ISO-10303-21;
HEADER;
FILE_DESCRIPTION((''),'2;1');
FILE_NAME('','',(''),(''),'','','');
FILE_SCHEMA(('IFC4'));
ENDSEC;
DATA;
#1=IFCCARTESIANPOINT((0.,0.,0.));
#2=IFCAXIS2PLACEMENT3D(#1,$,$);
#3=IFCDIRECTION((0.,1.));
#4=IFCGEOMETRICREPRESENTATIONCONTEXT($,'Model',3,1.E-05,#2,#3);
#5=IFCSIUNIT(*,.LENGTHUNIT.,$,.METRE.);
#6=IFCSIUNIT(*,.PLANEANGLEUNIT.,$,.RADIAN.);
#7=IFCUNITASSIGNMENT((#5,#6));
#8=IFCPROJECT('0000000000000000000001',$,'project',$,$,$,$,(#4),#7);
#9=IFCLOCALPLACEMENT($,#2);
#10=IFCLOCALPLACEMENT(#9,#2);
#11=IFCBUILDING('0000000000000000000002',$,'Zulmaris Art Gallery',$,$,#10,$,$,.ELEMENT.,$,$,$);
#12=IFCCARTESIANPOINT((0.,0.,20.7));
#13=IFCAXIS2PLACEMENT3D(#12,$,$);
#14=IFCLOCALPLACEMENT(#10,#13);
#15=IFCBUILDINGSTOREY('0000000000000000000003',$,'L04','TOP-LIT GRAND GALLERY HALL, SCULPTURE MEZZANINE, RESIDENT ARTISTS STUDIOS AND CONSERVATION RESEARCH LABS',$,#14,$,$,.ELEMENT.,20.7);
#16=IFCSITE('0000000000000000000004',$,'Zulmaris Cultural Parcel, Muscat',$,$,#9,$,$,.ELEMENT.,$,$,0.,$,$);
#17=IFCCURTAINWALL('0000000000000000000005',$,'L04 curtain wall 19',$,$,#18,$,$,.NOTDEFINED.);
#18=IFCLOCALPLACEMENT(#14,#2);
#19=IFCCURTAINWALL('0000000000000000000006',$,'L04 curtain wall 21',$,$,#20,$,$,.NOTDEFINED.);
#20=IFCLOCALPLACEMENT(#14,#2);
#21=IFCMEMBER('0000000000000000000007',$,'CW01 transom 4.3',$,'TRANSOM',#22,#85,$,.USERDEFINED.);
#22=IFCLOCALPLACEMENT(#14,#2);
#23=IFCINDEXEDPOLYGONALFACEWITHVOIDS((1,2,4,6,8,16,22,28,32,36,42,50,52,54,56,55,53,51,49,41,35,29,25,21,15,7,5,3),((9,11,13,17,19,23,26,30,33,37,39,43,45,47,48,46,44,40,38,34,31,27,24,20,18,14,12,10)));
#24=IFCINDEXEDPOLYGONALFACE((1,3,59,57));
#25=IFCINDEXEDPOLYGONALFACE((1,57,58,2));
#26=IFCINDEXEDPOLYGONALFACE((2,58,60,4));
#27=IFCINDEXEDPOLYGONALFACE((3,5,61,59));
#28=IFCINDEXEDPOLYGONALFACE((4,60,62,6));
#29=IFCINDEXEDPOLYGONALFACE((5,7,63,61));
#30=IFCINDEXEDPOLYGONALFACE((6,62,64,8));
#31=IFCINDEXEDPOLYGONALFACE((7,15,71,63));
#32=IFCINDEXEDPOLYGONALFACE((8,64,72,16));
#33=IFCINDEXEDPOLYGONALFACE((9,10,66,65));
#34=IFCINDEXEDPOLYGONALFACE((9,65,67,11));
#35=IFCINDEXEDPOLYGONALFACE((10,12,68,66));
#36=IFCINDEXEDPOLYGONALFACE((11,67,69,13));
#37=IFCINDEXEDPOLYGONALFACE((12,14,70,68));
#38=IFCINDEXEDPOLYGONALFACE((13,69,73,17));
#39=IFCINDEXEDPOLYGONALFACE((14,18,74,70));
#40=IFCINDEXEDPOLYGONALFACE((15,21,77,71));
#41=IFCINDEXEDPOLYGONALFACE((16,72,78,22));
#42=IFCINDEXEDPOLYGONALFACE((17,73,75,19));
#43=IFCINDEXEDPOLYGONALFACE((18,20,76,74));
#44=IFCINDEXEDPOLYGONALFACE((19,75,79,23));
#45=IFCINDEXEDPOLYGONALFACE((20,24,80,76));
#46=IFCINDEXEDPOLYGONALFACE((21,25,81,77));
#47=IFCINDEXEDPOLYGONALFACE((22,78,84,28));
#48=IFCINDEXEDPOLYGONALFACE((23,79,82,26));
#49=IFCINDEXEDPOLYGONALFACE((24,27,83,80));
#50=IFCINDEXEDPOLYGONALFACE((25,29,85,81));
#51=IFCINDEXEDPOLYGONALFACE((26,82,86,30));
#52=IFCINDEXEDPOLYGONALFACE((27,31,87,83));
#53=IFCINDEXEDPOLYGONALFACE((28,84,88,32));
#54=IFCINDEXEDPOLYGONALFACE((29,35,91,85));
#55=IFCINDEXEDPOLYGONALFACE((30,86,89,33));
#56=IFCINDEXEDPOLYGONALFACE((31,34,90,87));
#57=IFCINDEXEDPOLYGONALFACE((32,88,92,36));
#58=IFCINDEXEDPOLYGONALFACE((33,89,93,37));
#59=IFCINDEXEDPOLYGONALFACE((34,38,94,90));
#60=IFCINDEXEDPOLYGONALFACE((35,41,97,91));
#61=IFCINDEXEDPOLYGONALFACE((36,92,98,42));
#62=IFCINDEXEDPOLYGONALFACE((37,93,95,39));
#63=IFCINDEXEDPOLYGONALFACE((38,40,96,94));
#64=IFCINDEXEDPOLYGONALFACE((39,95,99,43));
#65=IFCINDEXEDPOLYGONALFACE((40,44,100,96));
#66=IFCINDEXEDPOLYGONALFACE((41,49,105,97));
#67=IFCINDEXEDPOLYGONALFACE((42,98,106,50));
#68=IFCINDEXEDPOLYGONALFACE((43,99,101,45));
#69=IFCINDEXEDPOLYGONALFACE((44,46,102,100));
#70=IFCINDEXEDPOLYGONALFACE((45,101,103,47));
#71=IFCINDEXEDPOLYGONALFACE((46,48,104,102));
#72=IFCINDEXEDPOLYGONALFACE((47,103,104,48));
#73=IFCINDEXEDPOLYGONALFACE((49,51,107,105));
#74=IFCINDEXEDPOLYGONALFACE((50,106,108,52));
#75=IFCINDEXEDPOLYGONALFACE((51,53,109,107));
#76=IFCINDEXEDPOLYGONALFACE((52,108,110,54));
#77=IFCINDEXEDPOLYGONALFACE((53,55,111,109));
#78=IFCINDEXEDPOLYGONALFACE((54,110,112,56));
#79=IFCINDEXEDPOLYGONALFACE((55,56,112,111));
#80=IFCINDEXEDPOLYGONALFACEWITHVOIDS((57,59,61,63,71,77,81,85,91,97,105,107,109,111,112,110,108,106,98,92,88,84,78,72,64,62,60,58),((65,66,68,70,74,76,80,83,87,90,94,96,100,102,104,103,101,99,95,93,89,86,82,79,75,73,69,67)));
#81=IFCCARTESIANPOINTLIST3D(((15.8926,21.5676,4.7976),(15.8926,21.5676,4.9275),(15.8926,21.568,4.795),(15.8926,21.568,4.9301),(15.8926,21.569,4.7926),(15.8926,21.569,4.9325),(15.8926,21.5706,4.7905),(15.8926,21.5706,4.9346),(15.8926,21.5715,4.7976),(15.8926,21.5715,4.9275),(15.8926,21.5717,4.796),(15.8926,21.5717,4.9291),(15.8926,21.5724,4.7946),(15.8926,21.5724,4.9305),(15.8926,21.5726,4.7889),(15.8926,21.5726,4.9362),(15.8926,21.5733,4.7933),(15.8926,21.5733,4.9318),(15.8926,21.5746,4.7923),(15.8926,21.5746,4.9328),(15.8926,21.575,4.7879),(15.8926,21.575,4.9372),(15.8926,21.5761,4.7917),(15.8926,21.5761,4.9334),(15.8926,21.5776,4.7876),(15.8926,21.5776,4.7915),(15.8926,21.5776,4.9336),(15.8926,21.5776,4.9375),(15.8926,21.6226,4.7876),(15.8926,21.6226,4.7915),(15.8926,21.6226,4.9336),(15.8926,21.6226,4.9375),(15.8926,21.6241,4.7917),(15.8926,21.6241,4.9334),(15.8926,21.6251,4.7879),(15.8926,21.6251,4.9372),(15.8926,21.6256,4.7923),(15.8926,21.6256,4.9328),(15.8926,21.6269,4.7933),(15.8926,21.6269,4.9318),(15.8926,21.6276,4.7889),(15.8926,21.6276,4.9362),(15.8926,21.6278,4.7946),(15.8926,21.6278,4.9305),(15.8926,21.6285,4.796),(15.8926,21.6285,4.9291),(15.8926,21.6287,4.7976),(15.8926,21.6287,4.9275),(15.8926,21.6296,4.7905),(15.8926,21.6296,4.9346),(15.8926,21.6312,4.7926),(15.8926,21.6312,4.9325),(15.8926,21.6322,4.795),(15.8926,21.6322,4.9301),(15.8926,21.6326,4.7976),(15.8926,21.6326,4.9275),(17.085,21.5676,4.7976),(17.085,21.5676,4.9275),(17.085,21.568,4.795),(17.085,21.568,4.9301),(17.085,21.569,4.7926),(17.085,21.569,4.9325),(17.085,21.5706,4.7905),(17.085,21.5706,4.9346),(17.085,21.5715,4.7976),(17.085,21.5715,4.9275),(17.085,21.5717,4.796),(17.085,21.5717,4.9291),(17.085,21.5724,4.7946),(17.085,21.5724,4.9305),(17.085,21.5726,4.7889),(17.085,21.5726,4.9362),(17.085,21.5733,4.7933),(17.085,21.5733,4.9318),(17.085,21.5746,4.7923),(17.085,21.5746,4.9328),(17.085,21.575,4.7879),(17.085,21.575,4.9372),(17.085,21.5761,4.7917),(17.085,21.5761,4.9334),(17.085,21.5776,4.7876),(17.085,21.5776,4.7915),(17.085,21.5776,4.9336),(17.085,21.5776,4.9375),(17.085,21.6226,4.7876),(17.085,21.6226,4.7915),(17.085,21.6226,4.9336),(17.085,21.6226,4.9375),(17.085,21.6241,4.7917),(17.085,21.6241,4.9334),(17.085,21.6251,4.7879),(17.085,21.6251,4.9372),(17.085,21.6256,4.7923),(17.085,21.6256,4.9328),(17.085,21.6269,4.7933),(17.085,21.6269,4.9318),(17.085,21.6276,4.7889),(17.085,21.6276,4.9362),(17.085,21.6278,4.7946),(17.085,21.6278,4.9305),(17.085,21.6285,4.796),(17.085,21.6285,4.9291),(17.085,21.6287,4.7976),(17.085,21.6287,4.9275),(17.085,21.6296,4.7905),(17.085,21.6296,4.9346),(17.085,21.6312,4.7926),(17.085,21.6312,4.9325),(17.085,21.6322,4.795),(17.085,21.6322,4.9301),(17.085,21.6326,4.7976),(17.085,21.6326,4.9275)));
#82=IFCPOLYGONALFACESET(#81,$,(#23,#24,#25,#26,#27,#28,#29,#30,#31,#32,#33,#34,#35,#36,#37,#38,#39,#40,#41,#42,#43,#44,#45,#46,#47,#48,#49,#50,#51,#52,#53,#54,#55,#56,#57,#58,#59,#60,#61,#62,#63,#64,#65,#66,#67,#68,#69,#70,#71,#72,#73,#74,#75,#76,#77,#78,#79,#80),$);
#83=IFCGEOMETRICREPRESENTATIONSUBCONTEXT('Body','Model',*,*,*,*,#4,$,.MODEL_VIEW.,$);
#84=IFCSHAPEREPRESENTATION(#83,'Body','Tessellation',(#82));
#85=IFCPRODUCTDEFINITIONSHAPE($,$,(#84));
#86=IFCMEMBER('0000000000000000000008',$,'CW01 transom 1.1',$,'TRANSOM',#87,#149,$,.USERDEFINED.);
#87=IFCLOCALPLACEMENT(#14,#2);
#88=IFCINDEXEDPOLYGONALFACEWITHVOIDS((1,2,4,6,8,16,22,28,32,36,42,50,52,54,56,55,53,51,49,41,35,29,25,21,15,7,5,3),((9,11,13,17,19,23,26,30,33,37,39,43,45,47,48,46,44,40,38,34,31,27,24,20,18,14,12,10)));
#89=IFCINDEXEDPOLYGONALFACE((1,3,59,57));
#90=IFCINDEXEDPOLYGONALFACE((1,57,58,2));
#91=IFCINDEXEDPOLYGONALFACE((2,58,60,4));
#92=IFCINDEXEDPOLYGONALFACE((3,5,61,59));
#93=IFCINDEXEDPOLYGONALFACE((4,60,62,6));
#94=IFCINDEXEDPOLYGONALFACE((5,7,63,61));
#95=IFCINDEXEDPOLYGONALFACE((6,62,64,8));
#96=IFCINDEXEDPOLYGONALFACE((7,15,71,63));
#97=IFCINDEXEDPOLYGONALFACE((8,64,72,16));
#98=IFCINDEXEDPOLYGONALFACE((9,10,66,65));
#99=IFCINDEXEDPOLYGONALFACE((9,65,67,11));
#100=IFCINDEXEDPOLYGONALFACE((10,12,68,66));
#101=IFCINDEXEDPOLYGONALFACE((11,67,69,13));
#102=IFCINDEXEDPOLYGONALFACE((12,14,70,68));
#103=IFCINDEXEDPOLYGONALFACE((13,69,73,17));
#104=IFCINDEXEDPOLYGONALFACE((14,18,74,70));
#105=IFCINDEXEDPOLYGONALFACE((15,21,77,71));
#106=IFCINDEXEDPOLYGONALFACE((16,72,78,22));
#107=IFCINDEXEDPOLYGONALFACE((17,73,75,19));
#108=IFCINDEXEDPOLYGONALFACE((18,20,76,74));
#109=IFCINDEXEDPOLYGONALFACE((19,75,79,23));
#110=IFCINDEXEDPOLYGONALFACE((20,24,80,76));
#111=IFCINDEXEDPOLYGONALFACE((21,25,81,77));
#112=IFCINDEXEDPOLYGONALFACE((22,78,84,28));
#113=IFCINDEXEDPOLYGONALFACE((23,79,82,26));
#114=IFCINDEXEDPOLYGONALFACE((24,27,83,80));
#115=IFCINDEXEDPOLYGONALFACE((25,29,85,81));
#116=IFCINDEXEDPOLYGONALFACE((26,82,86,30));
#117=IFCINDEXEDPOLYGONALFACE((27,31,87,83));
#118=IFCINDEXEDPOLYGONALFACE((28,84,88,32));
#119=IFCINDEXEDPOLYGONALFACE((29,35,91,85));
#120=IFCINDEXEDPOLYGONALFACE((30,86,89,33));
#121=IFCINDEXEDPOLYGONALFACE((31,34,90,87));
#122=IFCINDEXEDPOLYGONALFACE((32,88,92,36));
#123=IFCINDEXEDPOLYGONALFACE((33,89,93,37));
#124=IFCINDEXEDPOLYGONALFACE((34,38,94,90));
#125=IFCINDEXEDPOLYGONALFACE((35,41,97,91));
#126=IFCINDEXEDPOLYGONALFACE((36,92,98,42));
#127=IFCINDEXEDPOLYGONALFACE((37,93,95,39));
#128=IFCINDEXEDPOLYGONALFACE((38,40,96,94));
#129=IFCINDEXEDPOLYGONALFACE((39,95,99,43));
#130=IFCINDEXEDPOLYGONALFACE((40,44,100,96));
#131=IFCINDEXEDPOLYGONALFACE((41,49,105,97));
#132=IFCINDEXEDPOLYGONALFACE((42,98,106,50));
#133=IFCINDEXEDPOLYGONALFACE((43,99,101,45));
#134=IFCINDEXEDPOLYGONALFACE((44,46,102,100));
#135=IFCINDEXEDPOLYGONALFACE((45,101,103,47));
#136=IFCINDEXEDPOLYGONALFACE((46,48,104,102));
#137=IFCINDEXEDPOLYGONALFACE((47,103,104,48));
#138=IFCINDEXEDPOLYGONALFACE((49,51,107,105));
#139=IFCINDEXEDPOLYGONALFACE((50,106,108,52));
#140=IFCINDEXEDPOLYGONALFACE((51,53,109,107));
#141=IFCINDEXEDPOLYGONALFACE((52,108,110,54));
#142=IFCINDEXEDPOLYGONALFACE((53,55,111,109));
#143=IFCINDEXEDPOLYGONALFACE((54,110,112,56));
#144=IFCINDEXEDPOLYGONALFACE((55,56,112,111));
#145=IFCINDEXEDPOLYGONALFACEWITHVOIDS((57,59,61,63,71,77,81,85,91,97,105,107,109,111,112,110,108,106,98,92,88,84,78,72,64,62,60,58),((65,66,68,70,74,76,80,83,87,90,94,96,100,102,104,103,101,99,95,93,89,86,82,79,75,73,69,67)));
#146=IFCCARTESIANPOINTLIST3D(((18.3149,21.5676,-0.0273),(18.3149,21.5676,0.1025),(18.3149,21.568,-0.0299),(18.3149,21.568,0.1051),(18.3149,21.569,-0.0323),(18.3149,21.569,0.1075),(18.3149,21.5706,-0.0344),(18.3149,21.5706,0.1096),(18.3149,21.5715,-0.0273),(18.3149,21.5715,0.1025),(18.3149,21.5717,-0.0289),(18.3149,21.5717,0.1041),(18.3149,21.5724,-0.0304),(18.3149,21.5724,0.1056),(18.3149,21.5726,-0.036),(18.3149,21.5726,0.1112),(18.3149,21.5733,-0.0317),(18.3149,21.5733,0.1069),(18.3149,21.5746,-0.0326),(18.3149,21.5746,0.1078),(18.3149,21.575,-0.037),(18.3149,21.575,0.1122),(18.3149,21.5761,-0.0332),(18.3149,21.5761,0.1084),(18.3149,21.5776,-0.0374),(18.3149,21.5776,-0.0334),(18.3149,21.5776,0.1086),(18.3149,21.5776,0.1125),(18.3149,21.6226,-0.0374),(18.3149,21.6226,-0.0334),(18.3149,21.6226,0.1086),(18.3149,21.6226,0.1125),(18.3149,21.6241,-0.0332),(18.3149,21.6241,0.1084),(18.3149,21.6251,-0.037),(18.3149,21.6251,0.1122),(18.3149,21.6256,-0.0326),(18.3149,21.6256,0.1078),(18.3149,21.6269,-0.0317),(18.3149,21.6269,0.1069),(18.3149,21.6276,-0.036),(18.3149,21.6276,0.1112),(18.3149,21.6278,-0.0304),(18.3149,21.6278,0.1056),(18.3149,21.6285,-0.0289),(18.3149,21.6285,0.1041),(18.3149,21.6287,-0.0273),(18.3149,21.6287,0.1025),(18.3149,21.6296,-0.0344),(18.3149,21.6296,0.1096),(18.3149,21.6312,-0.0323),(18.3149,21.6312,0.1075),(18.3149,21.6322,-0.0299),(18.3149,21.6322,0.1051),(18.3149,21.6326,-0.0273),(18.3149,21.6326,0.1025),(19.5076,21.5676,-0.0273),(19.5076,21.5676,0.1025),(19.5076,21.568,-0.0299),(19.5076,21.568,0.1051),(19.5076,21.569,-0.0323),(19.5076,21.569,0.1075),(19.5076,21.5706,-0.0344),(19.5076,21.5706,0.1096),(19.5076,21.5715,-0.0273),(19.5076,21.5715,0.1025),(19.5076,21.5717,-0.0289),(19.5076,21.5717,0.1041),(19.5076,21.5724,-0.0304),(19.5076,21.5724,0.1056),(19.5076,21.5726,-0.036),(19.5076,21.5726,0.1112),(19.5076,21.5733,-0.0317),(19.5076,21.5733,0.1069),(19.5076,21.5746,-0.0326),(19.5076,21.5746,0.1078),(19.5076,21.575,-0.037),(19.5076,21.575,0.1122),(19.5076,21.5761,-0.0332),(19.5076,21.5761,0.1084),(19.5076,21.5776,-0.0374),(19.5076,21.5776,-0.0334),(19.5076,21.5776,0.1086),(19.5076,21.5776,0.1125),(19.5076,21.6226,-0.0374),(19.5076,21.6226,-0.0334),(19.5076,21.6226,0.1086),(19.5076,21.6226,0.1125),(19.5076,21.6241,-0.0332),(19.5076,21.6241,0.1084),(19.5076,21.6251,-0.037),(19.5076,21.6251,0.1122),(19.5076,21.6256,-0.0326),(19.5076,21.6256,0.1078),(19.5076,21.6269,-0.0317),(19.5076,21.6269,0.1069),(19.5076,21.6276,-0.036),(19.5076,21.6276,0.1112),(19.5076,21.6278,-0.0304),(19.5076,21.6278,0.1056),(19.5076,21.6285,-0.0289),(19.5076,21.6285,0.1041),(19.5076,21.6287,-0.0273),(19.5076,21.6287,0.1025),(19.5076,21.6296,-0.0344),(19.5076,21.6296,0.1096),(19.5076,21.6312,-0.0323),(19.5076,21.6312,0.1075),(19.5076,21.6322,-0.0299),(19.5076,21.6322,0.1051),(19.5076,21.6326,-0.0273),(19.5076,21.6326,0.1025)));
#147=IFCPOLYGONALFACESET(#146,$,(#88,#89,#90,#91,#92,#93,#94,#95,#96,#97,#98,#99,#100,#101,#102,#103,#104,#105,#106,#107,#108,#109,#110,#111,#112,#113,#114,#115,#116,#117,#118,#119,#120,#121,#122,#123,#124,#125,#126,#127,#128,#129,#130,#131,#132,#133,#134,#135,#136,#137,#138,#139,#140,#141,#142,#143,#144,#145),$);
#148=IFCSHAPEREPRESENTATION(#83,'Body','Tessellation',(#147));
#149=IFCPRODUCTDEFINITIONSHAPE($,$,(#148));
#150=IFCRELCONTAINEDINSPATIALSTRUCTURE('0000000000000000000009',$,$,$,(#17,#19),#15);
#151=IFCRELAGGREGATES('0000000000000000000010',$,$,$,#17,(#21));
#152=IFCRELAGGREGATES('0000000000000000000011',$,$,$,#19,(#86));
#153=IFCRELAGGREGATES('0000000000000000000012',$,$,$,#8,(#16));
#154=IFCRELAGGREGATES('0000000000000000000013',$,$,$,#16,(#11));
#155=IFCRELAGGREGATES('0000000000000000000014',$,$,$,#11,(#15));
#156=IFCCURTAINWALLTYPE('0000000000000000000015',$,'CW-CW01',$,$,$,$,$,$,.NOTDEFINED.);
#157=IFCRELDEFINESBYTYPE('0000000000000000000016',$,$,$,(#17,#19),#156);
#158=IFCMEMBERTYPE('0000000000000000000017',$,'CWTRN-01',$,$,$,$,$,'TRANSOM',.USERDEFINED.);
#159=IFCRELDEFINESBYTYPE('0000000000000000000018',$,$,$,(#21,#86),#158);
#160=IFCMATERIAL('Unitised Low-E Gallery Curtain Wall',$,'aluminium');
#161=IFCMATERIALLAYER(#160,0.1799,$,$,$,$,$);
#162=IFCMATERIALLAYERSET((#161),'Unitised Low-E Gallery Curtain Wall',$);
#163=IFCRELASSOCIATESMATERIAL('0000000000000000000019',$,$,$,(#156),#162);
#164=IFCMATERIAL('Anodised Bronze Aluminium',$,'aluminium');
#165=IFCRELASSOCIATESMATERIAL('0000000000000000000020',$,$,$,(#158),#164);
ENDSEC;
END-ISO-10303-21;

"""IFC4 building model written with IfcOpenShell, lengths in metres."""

from ifc_helpers import new_model, si_unit, direction, frame, origin, origin_2d, place, context, subcontext, project, spatial, hollow_rectangle, extrude, material, layer, layer_set, material_profile, profile_set, type_object, element, aggregate, save


model = new_model("IFC4")

# Units and contexts
model_context = context("Model", 3, precision=1e-05, world=origin(), true_north=direction((0.0, 1.0)))
body_context = subcontext(model_context, "Body", "Model", "MODEL_VIEW")
ifc_project = project(units=[si_unit("LENGTHUNIT", "METRE"), si_unit("PLANEANGLEUNIT", "RADIAN")], contexts=[model_context])

# Site, building, storey
site_placement = place(None, origin())
site = spatial("IfcSite", under=ifc_project, at=site_placement, Name="Zulmaris Cultural Parcel, Muscat", CompositionType="ELEMENT", RefElevation=0.0)
building_placement = place(site_placement, origin())
building = spatial("IfcBuilding", under=site, at=building_placement, Name="Zulmaris Art Gallery", CompositionType="ELEMENT")
storey_placement = place(building_placement, frame((0.0, 0.0, 20.7)))
storey = spatial("IfcBuildingStorey", under=building, at=storey_placement, Name="L04", Description="TOP-LIT GRAND GALLERY HALL, SCULPTURE MEZZANINE, RESIDENT ARTISTS STUDIOS AND CONSERVATION RESEARCH LABS", CompositionType="ELEMENT", Elevation=20.7)

# Curtain wall
ifc_material_1 = material(Name="Unitised Low-E Gallery Curtain Wall", Category="aluminium")
ifc_layer_1 = layer(ifc_material_1, 0.1799)
ifc_layer_set_1 = layer_set([ifc_layer_1], Name="Unitised Low-E Gallery Curtain Wall")
curtain_wall_type = type_object("IfcCurtainWallType", Name="CW-CW01", PredefinedType="NOTDEFINED", material=ifc_layer_set_1)
curtain_wall_1_placement = place(storey_placement, origin())
curtain_wall_1 = element("IfcCurtainWall", 1, at=curtain_wall_1_placement, inside=storey, type_object=curtain_wall_type, Name="L04 curtain wall 19", PredefinedType="NOTDEFINED")
ifc_material_2 = material(Name="Anodised Bronze Aluminium", Category="aluminium")

# Curtain wall
curtain_wall_2_placement = place(storey_placement, origin())
curtain_wall_2 = element("IfcCurtainWall", 2, at=curtain_wall_2_placement, inside=storey, type_object=curtain_wall_type, Name="L04 curtain wall 21", PredefinedType="NOTDEFINED")

# Members
ifc_material_profile_1 = material_profile(ifc_material_2, hollow_rectangle(XDim=0.0649, YDim=0.1499, WallThickness=0.0039, InnerFilletRadius=0.0061, OuterFilletRadius=0.01, at=origin_2d()), Name="ALU 65x150x4")
ifc_profile_set_1 = profile_set([ifc_material_profile_1], Name="Anodised Bronze Aluminium")
member_type_1 = type_object("IfcMemberType", Name="CWTRN-01", ElementType="TRANSOM", PredefinedType="USERDEFINED", material=ifc_profile_set_1)
member_1_placement = place(storey_placement, frame((15.8926, 21.6001, 4.8625), z_axis=(1.0, 0.0, 0.0), x_axis=(0.0, 1.0, 0.0)))
member_1 = element("IfcMember", 3, at=member_1_placement, type_object=member_type_1, Name="CW01 transom 4.3", ObjectType="TRANSOM", PredefinedType="USERDEFINED", context=body_context, shape_type="SweptSolid", body=[
    extrude(hollow_rectangle(XDim=0.0649, YDim=0.1499, WallThickness=0.0039, InnerFilletRadius=0.0061, OuterFilletRadius=0.01, at=origin_2d()), origin(), (0.0, 0.0, 1.0), 1.1924),
])
member_2_placement = place(storey_placement, frame((18.3149, 21.6001, 0.0376), z_axis=(1.0, 0.0, 0.0), x_axis=(0.0, 1.0, 0.0)))
member_2 = element("IfcMember", 4, at=member_2_placement, type_object=member_type_1, Name="CW01 transom 1.1", ObjectType="TRANSOM", PredefinedType="USERDEFINED", context=body_context, shape_type="SweptSolid", body=[
    extrude(hollow_rectangle(XDim=0.0649, YDim=0.1499, WallThickness=0.0039, InnerFilletRadius=0.0061, OuterFilletRadius=0.01, at=origin_2d()), origin(), (0.0, 0.0, 1.0), 1.1926),
])

aggregate(curtain_wall_1, [member_1])
aggregate(curtain_wall_2, [member_2])

save(model, "model.ifc")
